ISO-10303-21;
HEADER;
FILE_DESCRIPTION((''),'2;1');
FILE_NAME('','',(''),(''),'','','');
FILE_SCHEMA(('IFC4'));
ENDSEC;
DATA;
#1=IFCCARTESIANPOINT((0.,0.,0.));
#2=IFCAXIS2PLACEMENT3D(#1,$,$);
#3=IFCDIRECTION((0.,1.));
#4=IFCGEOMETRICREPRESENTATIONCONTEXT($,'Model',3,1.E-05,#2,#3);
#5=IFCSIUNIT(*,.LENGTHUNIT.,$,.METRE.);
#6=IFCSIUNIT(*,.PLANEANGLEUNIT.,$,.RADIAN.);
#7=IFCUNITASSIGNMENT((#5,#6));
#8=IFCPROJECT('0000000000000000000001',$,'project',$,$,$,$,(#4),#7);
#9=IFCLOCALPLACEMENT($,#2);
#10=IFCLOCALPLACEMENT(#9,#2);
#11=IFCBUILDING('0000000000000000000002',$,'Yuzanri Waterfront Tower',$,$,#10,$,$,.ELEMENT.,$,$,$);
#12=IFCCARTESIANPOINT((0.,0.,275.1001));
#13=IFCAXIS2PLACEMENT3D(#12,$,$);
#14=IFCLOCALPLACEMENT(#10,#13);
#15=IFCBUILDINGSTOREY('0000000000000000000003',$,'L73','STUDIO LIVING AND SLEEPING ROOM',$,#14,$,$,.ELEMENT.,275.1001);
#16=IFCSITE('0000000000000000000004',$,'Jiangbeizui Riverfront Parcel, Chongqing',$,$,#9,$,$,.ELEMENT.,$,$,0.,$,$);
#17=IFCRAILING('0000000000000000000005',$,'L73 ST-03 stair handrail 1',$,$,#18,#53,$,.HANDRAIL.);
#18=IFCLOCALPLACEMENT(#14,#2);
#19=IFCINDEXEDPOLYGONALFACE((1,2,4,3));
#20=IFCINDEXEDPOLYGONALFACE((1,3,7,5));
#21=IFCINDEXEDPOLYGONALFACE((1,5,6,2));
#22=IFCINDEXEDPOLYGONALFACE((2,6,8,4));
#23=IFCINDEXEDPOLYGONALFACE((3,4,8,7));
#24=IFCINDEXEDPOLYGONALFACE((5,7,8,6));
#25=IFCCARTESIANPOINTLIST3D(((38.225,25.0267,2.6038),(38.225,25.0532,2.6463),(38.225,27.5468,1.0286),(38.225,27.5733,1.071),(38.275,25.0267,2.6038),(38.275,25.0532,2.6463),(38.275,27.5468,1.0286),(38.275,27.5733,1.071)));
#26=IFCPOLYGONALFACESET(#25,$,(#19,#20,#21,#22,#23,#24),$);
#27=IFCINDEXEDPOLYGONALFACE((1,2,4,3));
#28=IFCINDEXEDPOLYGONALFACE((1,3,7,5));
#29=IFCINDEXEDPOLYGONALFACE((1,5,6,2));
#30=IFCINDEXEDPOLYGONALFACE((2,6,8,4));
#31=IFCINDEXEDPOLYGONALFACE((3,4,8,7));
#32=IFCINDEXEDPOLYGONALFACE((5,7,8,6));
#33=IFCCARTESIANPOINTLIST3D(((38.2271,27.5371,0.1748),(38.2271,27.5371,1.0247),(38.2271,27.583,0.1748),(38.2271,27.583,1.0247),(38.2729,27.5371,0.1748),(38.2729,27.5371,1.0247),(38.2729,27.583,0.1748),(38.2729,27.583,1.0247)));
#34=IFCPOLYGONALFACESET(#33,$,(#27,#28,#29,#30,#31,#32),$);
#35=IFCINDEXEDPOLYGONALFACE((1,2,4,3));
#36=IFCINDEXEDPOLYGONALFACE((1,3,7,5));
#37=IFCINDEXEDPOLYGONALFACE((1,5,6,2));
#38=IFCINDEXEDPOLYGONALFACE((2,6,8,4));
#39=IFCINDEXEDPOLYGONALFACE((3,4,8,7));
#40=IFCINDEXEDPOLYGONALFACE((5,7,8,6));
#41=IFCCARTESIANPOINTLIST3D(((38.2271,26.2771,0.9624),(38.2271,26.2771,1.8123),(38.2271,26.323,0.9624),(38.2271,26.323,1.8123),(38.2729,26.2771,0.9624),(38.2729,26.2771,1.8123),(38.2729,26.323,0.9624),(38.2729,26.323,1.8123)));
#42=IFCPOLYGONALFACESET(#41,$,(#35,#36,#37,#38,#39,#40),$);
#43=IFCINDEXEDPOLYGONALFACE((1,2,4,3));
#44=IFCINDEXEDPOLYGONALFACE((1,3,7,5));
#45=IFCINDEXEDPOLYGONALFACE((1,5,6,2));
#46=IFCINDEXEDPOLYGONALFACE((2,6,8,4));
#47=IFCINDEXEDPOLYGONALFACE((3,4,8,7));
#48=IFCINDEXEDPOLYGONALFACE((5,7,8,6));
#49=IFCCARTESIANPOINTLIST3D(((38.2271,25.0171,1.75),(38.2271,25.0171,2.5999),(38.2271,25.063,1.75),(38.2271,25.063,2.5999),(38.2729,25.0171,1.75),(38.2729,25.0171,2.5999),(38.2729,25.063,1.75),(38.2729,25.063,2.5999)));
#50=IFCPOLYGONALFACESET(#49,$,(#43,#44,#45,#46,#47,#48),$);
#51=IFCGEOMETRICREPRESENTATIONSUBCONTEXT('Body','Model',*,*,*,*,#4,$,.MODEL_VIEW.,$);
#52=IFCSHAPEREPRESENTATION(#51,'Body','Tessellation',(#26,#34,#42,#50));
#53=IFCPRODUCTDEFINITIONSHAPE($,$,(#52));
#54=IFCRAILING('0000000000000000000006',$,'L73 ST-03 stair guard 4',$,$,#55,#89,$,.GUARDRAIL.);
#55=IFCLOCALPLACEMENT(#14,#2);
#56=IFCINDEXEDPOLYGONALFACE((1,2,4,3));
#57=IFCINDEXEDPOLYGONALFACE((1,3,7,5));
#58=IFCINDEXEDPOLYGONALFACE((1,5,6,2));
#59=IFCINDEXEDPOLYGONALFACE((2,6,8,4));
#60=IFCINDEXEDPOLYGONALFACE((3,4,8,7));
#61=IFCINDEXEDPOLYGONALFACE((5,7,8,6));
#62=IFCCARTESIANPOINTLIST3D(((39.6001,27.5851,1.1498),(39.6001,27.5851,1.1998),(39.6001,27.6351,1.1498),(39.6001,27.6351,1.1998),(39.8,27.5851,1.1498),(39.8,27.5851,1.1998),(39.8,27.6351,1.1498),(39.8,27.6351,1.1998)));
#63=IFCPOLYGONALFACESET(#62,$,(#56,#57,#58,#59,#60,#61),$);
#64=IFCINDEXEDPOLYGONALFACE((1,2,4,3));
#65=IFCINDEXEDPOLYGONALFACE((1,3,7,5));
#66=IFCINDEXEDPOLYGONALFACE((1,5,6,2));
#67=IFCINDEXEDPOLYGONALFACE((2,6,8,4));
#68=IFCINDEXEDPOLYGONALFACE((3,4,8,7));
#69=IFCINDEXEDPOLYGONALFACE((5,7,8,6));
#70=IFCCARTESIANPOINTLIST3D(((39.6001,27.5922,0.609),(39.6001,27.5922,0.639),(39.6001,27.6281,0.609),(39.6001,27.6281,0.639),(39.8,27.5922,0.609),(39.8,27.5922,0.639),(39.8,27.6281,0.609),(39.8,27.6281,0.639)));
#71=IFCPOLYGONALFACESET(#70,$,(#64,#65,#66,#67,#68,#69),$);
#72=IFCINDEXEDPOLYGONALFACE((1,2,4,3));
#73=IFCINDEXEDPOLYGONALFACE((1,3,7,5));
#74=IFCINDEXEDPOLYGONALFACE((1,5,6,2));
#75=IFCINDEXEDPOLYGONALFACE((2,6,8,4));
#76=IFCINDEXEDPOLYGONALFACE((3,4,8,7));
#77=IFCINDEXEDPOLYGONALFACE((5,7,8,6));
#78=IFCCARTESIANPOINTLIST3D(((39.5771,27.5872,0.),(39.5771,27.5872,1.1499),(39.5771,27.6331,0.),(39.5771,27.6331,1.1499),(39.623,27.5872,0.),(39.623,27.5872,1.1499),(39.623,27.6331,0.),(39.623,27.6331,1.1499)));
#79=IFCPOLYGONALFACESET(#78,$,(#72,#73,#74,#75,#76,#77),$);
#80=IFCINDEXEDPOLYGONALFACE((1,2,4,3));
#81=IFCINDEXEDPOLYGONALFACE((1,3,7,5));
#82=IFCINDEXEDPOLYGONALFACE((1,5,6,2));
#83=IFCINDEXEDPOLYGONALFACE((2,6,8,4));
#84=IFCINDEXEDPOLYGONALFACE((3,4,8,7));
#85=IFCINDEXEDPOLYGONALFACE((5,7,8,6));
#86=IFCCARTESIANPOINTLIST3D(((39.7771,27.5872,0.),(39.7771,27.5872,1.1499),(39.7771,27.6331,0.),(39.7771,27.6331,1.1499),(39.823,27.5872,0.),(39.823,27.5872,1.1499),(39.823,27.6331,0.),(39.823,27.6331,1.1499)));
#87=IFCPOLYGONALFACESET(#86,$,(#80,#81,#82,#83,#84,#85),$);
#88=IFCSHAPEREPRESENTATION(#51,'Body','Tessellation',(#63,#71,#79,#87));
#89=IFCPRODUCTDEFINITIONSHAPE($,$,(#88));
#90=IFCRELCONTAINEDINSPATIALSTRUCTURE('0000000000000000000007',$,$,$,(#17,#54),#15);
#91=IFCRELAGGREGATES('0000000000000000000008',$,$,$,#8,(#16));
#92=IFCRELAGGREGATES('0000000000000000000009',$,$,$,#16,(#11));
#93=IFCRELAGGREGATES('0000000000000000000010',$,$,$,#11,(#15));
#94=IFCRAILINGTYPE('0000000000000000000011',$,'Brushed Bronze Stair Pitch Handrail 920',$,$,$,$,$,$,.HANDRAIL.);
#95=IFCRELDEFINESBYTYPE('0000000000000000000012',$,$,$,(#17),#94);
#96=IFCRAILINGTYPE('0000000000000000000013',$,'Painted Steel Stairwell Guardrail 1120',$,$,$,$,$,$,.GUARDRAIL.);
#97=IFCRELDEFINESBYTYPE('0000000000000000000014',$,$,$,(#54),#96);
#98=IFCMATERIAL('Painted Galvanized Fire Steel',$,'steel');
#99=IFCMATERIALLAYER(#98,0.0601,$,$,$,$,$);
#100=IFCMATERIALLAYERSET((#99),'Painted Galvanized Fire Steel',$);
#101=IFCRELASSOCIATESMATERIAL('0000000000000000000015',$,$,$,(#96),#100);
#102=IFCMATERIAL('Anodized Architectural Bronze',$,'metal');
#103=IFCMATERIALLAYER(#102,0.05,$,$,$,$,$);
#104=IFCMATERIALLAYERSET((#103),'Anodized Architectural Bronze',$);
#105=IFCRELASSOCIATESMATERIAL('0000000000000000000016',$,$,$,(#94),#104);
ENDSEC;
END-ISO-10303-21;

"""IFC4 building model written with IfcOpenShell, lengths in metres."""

from ifc_helpers import new_model, si_unit, direction, frame, origin, origin_2d, place, context, subcontext, project, spatial, rectangle, extrude, source, transform, mapped, material, layer, layer_set, type_object, element, save


model = new_model("IFC4")

# Units and contexts
model_context = context("Model", 3, precision=1e-05, world=origin(), true_north=direction((0.0, 1.0)))
body_context = subcontext(model_context, "Body", "Model", "MODEL_VIEW")
ifc_project = project(units=[si_unit("LENGTHUNIT", "METRE"), si_unit("PLANEANGLEUNIT", "RADIAN")], contexts=[model_context])

# Site, building, storey
site_placement = place(None, origin())
site = spatial("IfcSite", under=ifc_project, at=site_placement, Name="Jiangbeizui Riverfront Parcel, Chongqing", CompositionType="ELEMENT", RefElevation=0.0)
building_placement = place(site_placement, origin())
building = spatial("IfcBuilding", under=site, at=building_placement, Name="Yuzanri Waterfront Tower", CompositionType="ELEMENT")
storey_placement = place(building_placement, frame((0.0, 0.0, 275.1001)))
storey = spatial("IfcBuildingStorey", under=building, at=storey_placement, Name="L73", Description="STUDIO LIVING AND SLEEPING ROOM", CompositionType="ELEMENT", Elevation=275.1001)

# Railings
ifc_material_1 = material(Name="Painted Galvanized Fire Steel", Category="steel")
ifc_layer_1 = layer(ifc_material_1, 0.0601)
ifc_layer_set_1 = layer_set([ifc_layer_1], Name="Painted Galvanized Fire Steel")
railing_type_1 = type_object("IfcRailingType", Name="Painted Steel Stairwell Guardrail 1120", PredefinedType="GUARDRAIL", material=ifc_layer_set_1)
ifc_material_2 = material(Name="Anodized Architectural Bronze", Category="metal")
ifc_layer_2 = layer(ifc_material_2, 0.05)
ifc_layer_set_2 = layer_set([ifc_layer_2], Name="Anodized Architectural Bronze")
railing_type_2 = type_object("IfcRailingType", Name="Brushed Bronze Stair Pitch Handrail 920", PredefinedType="HANDRAIL", material=ifc_layer_set_2)
shared_shape_1 = source(origin(), body_context, "Body", "SweptSolid", [
    extrude(rectangle(XDim=0.05, YDim=0.05, at=origin_2d()), frame((0.0, 0.0, 0.875), z_axis=(0.0, -0.847971, 0.530043), x_axis=(1.0, 0.0, 0.0)), (0.0, 0.0, 1.0), 2.9719),
    extrude(rectangle(XDim=0.0459, YDim=0.0459, at=origin_2d()), origin(), (0.0, 0.0, 1.0), 0.8499),
    extrude(rectangle(XDim=0.0459, YDim=0.0459, at=origin_2d()), frame((0.0, -1.26, 0.7876)), (0.0, 0.0, 1.0), 0.8499),
    extrude(rectangle(XDim=0.0459, YDim=0.0459, at=origin_2d()), frame((0.0, -2.52, 1.5752)), (0.0, 0.0, 1.0), 0.8499),
])
for number, where, name in (
    (1, (38.25, 27.5601, 0.1748), "L73 ST-03 stair handrail 1"),
):
    element("IfcRailing", number, at=place(storey_placement, frame(where)), inside=storey, type_object=railing_type_2, Name=name, PredefinedType="HANDRAIL", context=body_context, shape_type="MappedRepresentation", body=[
        mapped(shared_shape_1, transform((0.0, 0.0, 0.0), scale=1.0)),
    ])
shared_shape_2 = source(origin(), body_context, "Body", "SweptSolid", [
    extrude(rectangle(XDim=0.05, YDim=0.05, at=origin_2d()), frame((0.0, 0.0, 1.1748), z_axis=(1.0, 0.0, 0.0), x_axis=(0.0, 1.0, 0.0)), (0.0, 0.0, 1.0), 0.2),
    extrude(rectangle(XDim=0.0359, YDim=0.03, at=origin_2d()), frame((0.0, 0.0, 0.624), z_axis=(1.0, 0.0, 0.0), x_axis=(0.0, 1.0, 0.0)), (0.0, 0.0, 1.0), 0.2),
    extrude(rectangle(XDim=0.0459, YDim=0.0459, at=origin_2d()), origin(), (0.0, 0.0, 1.0), 1.1499),
    extrude(rectangle(XDim=0.0459, YDim=0.0459, at=origin_2d()), frame((0.2, 0.0, 0.0)), (0.0, 0.0, 1.0), 1.1499),
])
railing_placement = place(storey_placement, frame((39.6001, 27.6101, 0.0)))
element("IfcRailing", 2, at=railing_placement, inside=storey, type_object=railing_type_1, Name="L73 ST-03 stair guard 4", PredefinedType="GUARDRAIL", context=body_context, shape_type="MappedRepresentation", body=[
    mapped(shared_shape_2, transform((0.0, 0.0, 0.0), scale=1.0)),
])

save(model, "model.ifc")
